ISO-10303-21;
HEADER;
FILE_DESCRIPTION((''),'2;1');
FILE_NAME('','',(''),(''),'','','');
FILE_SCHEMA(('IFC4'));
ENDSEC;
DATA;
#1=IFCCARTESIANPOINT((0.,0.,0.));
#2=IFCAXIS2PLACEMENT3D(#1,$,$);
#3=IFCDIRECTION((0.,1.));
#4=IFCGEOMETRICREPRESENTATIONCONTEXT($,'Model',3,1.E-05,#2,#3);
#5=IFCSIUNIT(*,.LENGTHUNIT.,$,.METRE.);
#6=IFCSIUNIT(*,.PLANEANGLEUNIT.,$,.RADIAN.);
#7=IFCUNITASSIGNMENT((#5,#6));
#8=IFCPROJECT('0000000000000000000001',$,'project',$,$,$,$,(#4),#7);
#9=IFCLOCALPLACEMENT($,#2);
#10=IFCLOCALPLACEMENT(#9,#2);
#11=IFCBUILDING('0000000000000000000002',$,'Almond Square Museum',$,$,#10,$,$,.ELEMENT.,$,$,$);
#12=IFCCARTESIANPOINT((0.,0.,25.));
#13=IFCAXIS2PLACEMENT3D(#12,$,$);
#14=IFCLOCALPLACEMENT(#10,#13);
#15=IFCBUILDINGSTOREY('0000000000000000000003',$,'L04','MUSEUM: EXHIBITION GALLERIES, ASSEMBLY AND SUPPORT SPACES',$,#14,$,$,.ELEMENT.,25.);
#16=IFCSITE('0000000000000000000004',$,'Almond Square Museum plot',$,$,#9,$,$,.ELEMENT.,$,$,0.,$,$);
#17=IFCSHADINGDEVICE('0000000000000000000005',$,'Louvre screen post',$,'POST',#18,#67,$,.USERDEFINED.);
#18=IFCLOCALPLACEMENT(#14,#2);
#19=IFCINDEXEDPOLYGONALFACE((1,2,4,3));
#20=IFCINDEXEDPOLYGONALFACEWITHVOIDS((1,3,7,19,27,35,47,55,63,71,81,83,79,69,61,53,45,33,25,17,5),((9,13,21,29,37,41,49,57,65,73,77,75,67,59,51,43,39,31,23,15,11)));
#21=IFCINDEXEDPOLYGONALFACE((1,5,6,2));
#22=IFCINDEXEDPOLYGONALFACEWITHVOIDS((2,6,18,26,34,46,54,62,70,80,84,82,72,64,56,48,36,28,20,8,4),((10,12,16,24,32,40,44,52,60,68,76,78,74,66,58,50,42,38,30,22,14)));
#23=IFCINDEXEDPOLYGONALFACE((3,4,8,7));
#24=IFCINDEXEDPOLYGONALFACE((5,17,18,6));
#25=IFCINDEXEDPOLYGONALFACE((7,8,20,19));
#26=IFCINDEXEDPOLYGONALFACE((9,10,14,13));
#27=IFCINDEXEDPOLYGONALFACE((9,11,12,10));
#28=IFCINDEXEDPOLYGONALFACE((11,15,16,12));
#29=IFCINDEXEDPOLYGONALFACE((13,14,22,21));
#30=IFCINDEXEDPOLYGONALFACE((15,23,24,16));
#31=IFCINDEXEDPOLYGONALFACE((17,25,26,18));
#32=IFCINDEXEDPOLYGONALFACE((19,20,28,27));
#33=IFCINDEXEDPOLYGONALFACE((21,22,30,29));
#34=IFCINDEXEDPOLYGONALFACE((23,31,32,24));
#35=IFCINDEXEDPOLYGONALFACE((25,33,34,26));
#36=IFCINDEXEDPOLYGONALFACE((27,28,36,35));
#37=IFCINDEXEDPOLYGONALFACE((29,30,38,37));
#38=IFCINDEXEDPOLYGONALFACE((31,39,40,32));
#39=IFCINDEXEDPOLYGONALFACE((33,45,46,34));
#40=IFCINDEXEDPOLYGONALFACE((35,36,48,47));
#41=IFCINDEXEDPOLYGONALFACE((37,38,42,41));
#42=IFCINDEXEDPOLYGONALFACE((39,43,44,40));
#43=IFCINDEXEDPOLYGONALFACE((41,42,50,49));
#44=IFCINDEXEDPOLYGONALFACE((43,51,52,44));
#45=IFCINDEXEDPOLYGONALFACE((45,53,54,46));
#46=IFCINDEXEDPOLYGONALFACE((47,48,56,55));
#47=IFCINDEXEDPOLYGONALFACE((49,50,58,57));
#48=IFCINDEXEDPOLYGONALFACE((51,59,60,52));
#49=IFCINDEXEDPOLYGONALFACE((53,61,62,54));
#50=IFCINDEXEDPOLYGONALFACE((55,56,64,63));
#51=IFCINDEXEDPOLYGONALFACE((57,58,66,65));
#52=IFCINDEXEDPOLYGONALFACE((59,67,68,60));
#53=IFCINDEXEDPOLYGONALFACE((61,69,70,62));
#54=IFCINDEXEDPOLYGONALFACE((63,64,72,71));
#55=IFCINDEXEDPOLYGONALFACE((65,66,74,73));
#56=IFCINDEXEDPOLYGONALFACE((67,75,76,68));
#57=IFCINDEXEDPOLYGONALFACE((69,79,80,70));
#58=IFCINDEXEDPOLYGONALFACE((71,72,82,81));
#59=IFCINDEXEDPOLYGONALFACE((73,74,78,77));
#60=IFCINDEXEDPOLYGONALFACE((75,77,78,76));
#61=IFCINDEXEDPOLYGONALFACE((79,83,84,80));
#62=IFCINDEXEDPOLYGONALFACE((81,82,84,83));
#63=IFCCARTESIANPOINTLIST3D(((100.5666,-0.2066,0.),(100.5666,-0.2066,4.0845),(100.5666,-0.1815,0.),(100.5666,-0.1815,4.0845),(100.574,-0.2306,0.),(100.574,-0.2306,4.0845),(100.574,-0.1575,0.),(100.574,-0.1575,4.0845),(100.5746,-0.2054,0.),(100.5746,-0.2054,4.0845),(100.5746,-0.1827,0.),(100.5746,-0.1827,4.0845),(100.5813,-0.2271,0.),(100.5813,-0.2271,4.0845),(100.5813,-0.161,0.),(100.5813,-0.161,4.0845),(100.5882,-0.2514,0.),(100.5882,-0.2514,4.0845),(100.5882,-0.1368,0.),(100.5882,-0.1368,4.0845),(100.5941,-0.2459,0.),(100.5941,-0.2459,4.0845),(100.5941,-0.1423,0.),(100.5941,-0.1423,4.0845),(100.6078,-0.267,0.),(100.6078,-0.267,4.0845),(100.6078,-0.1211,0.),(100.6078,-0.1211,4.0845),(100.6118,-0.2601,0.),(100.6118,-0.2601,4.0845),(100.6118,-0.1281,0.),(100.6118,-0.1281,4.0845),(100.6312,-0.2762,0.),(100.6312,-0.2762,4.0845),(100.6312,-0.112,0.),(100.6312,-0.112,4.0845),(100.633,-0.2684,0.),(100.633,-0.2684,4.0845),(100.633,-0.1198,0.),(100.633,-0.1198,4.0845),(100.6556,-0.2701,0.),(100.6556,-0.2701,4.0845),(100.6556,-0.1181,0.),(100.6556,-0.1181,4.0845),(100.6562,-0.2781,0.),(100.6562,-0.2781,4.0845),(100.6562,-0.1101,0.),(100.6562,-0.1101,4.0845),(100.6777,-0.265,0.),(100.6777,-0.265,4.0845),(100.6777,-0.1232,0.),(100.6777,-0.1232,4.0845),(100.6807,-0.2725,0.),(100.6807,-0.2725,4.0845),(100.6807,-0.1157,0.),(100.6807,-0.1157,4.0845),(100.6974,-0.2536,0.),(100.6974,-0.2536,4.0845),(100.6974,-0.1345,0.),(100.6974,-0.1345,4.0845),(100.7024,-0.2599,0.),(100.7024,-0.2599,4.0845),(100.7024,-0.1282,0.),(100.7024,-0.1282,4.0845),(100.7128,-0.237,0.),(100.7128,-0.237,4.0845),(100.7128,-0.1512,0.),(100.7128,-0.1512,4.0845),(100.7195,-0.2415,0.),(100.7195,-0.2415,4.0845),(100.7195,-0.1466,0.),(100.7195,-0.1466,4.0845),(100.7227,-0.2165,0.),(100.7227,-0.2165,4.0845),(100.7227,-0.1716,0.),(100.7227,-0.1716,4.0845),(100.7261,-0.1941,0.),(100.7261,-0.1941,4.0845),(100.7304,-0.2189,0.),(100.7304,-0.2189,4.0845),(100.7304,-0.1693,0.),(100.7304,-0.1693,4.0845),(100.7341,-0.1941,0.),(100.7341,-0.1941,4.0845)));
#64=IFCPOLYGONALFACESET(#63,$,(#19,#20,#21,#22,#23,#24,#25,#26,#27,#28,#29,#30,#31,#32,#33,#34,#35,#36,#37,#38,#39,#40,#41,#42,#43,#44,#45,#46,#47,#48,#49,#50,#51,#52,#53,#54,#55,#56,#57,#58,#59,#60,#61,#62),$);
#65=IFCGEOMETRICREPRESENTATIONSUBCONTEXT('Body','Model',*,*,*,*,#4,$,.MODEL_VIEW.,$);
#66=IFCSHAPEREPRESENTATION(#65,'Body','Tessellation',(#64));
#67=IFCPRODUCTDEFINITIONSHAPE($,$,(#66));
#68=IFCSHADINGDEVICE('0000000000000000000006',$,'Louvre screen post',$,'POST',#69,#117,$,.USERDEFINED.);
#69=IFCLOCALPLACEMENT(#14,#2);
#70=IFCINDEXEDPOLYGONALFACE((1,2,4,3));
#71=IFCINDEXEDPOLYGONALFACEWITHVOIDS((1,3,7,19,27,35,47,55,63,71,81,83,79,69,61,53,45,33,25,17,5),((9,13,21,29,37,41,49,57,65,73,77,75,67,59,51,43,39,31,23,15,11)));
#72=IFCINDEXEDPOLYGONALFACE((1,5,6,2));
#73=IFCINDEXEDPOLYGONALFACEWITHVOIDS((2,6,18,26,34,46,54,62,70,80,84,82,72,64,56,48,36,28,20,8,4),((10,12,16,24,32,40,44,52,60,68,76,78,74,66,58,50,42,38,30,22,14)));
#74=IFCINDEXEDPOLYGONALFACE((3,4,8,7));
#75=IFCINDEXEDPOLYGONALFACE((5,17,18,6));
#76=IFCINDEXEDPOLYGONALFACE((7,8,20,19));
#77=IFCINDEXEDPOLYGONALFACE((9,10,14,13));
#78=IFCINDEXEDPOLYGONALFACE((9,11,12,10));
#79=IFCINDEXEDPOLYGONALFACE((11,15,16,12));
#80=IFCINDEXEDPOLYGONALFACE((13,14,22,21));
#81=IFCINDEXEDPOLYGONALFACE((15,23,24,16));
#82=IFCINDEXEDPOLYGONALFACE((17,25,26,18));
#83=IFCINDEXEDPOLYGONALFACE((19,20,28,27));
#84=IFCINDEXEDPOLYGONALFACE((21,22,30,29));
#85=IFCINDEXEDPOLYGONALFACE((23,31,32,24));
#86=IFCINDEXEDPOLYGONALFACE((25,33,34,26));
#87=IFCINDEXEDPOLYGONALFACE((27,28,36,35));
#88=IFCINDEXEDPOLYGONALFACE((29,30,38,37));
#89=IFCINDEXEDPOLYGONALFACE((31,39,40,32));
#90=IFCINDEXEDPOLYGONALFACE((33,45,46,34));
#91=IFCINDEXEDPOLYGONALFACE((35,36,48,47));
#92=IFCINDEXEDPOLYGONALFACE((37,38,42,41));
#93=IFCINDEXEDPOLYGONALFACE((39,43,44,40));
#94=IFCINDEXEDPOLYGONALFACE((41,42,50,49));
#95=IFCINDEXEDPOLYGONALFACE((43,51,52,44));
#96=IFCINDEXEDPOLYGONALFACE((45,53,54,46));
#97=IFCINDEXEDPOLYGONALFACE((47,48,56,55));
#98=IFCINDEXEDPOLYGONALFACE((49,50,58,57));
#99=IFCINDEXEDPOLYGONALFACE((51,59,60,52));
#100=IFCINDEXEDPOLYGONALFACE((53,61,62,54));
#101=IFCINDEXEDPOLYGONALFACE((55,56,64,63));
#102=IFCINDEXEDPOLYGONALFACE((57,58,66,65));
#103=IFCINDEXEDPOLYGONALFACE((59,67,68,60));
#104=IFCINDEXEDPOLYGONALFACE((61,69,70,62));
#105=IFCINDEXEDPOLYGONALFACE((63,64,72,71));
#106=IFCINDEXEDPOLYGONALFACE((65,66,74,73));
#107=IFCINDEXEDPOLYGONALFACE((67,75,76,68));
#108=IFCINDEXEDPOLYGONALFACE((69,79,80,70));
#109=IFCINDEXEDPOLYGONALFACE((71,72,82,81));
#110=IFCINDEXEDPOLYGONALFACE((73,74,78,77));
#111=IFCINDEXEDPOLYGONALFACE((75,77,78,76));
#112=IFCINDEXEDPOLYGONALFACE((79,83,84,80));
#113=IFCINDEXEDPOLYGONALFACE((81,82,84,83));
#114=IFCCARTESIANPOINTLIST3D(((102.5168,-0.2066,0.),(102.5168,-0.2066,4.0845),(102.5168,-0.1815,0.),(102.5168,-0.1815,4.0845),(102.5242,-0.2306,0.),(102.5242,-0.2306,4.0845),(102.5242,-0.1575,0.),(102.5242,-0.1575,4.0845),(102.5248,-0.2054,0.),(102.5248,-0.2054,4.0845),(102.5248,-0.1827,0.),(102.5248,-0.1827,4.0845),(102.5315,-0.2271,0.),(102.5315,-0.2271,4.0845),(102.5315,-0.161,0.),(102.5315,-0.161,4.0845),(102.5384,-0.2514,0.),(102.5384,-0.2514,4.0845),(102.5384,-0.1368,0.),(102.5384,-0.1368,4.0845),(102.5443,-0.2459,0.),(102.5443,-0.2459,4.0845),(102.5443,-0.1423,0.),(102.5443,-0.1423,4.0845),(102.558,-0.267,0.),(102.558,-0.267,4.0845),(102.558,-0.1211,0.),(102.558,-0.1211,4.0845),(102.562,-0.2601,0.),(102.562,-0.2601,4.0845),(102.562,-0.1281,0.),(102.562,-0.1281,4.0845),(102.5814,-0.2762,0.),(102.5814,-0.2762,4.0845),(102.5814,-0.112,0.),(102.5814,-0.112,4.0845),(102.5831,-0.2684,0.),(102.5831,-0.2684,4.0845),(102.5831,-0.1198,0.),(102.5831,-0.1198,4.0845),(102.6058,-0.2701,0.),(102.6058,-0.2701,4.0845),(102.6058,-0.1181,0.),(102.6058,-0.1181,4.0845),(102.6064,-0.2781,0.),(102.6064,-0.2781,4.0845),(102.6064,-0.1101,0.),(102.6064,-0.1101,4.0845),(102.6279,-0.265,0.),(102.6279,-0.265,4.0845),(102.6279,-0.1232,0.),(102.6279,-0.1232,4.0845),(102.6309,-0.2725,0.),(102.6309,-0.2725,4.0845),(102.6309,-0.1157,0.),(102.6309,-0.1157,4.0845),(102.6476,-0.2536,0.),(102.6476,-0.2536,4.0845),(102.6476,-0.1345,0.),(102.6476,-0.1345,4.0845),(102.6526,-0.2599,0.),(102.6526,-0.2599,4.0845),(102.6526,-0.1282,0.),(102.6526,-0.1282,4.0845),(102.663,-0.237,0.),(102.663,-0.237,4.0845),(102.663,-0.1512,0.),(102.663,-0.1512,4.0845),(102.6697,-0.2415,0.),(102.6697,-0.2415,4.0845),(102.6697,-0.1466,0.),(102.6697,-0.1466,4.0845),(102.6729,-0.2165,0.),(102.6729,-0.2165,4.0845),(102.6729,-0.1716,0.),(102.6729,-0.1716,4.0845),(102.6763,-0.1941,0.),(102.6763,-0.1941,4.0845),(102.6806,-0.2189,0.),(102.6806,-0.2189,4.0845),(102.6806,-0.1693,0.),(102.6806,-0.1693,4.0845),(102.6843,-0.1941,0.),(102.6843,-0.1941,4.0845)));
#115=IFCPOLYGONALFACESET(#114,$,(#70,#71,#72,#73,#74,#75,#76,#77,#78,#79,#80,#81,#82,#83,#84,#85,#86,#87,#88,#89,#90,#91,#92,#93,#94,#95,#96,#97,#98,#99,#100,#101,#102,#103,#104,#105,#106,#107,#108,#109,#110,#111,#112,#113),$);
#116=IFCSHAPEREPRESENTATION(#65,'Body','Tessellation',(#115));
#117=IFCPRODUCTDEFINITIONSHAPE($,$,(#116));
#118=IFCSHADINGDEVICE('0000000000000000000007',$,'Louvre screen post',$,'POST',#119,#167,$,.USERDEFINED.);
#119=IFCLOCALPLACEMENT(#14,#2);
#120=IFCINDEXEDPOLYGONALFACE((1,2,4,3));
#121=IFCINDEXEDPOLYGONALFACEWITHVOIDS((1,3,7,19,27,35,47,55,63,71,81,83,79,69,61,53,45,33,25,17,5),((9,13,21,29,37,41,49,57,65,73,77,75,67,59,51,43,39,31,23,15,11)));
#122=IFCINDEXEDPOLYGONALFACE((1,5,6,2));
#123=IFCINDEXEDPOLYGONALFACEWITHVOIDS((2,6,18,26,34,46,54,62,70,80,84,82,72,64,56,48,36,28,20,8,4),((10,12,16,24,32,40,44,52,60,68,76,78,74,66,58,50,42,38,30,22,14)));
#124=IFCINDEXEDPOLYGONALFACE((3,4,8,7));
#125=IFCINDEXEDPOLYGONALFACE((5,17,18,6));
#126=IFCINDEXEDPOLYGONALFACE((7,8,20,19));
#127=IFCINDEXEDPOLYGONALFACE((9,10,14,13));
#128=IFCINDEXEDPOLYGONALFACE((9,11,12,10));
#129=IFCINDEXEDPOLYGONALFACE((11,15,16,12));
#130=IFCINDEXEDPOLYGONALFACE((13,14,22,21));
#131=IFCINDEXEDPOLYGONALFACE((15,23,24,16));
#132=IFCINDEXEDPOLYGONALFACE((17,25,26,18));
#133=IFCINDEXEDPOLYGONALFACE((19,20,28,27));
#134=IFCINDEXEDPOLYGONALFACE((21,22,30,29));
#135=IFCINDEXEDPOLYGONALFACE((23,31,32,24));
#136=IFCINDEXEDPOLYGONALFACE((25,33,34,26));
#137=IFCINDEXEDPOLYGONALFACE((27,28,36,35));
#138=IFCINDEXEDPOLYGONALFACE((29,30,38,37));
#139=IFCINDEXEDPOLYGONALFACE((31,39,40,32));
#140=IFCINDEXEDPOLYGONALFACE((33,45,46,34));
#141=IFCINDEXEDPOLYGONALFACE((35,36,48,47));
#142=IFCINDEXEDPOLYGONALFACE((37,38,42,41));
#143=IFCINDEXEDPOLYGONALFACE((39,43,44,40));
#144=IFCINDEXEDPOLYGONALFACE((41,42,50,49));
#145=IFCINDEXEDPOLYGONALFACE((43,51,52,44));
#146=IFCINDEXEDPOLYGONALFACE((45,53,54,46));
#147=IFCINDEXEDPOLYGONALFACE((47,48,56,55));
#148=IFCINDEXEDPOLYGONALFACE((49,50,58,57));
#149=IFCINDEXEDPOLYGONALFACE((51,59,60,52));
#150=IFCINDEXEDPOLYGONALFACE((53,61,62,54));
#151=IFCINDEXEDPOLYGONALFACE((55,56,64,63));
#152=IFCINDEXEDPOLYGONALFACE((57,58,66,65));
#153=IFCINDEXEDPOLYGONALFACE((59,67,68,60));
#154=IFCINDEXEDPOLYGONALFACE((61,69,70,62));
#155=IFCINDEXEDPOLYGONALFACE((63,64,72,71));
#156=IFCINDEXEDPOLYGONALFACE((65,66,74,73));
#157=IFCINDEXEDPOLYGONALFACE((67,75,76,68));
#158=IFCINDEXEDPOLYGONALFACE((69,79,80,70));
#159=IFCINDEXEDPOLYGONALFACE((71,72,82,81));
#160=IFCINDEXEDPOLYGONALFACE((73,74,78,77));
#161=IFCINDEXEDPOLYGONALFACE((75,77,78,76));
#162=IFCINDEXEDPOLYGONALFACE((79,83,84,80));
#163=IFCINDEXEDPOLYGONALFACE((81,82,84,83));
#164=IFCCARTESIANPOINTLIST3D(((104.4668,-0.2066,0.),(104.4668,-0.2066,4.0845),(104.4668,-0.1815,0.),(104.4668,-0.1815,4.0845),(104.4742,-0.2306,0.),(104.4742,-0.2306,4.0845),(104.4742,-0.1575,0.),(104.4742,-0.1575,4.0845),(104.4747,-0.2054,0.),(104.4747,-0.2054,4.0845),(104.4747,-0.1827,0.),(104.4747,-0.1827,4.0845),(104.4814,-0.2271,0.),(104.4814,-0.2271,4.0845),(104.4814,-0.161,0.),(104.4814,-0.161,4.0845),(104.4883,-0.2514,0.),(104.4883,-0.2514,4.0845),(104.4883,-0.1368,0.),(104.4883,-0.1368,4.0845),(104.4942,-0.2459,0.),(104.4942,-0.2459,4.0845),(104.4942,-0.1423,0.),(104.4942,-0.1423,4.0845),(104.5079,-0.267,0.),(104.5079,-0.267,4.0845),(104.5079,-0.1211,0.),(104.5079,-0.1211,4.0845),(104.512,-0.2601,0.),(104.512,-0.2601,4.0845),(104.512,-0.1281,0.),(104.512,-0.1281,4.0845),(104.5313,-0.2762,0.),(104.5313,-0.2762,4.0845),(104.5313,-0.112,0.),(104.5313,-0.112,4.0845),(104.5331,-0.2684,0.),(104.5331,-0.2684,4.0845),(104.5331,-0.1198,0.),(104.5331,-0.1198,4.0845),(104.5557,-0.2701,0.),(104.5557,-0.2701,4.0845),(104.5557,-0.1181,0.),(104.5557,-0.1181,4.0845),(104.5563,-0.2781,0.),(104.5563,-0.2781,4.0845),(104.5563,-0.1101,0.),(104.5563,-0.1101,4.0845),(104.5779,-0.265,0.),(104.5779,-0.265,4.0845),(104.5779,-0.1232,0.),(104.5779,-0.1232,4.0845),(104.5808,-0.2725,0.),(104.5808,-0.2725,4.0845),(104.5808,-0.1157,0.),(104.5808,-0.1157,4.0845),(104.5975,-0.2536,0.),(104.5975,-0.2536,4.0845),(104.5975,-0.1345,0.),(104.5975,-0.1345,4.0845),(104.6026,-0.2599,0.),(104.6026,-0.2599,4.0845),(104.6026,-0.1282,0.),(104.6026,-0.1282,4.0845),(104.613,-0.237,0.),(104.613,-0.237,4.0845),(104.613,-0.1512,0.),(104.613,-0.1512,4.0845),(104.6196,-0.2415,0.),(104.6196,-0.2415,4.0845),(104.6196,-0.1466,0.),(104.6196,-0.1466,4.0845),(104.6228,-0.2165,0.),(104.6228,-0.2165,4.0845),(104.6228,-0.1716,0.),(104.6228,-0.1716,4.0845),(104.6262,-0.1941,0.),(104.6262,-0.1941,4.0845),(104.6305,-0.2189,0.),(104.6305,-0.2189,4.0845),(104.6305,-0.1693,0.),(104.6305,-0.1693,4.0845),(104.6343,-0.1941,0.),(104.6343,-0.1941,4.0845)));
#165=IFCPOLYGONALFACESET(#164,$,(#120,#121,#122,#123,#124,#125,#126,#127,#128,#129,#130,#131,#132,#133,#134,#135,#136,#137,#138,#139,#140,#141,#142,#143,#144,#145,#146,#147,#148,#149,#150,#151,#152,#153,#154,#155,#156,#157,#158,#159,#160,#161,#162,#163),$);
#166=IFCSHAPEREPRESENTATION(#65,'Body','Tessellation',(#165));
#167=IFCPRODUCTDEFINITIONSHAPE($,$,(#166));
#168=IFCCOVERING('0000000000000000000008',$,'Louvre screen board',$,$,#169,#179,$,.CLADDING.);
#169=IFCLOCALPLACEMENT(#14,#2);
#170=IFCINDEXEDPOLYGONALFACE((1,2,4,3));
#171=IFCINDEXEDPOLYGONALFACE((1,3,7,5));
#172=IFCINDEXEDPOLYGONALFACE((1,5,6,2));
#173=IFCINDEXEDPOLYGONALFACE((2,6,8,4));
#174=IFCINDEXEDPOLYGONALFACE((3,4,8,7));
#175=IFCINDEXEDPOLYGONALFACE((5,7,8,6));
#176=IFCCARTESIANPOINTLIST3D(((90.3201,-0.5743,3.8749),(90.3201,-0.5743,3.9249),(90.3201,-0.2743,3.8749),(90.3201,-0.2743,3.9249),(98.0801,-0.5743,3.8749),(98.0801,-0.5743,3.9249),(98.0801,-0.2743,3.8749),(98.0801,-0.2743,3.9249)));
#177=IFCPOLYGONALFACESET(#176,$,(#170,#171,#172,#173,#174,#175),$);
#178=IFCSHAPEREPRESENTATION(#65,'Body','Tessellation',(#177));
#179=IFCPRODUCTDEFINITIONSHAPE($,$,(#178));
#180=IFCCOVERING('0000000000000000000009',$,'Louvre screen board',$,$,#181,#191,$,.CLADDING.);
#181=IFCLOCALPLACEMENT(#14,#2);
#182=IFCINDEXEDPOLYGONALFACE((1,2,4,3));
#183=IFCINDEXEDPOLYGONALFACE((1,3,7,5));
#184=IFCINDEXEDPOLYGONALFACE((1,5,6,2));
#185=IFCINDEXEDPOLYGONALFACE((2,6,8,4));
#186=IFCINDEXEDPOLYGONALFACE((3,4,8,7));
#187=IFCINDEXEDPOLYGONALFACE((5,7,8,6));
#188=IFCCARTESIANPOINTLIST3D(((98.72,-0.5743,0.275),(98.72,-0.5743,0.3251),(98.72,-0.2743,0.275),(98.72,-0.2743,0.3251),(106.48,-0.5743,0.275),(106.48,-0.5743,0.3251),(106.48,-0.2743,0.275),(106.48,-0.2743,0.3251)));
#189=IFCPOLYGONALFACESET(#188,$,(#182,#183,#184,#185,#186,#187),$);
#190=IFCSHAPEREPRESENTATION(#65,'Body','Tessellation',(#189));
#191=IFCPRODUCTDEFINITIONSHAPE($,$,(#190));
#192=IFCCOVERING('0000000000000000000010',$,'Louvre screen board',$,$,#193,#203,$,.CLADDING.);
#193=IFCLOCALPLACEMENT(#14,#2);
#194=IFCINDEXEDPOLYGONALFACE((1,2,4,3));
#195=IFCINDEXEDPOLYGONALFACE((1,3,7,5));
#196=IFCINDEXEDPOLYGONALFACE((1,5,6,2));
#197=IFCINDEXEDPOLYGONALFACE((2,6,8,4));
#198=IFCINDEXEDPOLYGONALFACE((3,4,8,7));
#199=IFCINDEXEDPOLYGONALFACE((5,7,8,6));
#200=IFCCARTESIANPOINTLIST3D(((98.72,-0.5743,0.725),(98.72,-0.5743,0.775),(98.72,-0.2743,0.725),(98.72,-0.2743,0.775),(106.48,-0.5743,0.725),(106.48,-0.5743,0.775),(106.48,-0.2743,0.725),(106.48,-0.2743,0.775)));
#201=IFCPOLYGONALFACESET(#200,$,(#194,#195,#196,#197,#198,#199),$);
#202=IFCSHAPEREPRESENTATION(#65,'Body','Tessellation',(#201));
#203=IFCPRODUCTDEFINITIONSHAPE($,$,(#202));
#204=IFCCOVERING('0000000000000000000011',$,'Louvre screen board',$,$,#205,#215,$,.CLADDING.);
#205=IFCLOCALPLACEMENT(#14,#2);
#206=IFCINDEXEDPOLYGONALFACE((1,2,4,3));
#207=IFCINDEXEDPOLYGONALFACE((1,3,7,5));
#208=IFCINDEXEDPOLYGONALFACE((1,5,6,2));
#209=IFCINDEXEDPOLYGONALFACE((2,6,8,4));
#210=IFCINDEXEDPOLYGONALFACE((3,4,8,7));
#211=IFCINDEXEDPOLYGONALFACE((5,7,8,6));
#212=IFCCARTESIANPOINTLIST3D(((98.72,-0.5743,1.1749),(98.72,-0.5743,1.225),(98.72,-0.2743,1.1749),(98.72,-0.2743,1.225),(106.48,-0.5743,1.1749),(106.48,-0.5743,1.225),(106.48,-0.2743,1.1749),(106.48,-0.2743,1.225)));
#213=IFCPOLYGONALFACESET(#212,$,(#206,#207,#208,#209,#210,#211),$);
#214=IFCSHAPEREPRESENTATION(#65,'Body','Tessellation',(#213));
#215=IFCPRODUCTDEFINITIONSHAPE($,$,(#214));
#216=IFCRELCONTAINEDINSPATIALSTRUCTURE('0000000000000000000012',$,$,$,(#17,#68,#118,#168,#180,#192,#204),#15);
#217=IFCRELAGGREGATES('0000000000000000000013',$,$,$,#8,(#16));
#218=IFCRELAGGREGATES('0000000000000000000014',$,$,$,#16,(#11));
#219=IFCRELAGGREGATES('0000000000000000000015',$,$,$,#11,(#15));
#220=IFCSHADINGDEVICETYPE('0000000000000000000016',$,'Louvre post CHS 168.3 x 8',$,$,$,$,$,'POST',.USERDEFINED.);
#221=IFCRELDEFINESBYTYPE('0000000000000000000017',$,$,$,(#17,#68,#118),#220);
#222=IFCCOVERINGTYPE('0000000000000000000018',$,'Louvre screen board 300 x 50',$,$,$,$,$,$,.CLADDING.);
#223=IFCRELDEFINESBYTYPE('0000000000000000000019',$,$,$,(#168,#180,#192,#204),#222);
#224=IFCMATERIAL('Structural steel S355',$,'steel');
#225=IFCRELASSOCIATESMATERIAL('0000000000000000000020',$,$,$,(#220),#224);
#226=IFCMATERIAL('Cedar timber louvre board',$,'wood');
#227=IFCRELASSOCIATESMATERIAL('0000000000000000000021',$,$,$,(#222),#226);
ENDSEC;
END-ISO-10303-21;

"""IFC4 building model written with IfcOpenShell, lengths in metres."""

from ifc_helpers import new_model, si_unit, direction, frame, origin, origin_2d, place, context, subcontext, project, spatial, rectangle, hollow_circle, extrude, material, material_profile, profile_set, type_object, element, save


model = new_model("IFC4")

# Units and contexts
model_context = context("Model", 3, precision=1e-05, world=origin(), true_north=direction((0.0, 1.0)))
body_context = subcontext(model_context, "Body", "Model", "MODEL_VIEW")
ifc_project = project(units=[si_unit("LENGTHUNIT", "METRE"), si_unit("PLANEANGLEUNIT", "RADIAN")], contexts=[model_context])

# Site, building, storey
site_placement = place(None, origin())
site = spatial("IfcSite", under=ifc_project, at=site_placement, Name="Almond Square Museum plot", CompositionType="ELEMENT", RefElevation=0.0)
building_placement = place(site_placement, origin())
building = spatial("IfcBuilding", under=site, at=building_placement, Name="Almond Square Museum", CompositionType="ELEMENT")
storey_placement = place(building_placement, frame((0.0, 0.0, 25.0)))
storey = spatial("IfcBuildingStorey", under=building, at=storey_placement, Name="L04", Description="MUSEUM: EXHIBITION GALLERIES, ASSEMBLY AND SUPPORT SPACES", CompositionType="ELEMENT", Elevation=25.0)

# Shading devices
ifc_material_1 = material(Name="Structural steel S355", Category="steel")
ifc_material_profile_1 = material_profile(ifc_material_1, hollow_circle(Radius=0.0842, WallThickness=0.0081, at=origin_2d()))
ifc_profile_set_1 = profile_set([ifc_material_profile_1], Name="Structural steel S355")
shading_device_type = type_object("IfcShadingDeviceType", Name="Louvre post CHS 168.3 x 8", ElementType="POST", PredefinedType="USERDEFINED", material=ifc_profile_set_1)
for number, where, z_axis, x_axis, name in (
    (1, (100.6499, -0.1941, 0.0), (0.0, 0.0, 1.0), (1.0, 0.0, 0.0), "Louvre screen post"),
    (2, (102.6001, -0.1941, 0.0), (0.0, 0.0, 1.0), (1.0, 0.0, 0.0), "Louvre screen post"),
    (3, (104.55, -0.1941, 0.0), (0.0, 0.0, 1.0), (1.0, 0.0, 0.0), "Louvre screen post"),
):
    element("IfcShadingDevice", number, at=place(storey_placement, frame(where, z_axis=z_axis, x_axis=x_axis)), inside=storey, type_object=shading_device_type, Name=name, ObjectType="POST", PredefinedType="USERDEFINED", context=body_context, shape_type="SweptSolid", body=[
        extrude(hollow_circle(Radius=0.0842, WallThickness=0.0081, at=origin_2d()), origin(), (0.0, 0.0, 1.0), 4.0845),
    ])

# Coverings
ifc_material_2 = material(Name="Cedar timber louvre board", Category="wood")
ifc_material_profile_2 = material_profile(ifc_material_2, rectangle(XDim=0.3, YDim=0.05, at=origin_2d()))
ifc_profile_set_2 = profile_set([ifc_material_profile_2], Name="Cedar timber louvre board")
covering_type = type_object("IfcCoveringType", Name="Louvre screen board 300 x 50", PredefinedType="CLADDING", material=ifc_profile_set_2)
for number, where, z_axis, x_axis, name in (
    (4, (90.3201, -0.4243, 3.8999), (1.0, 0.0, 0.0), (0.0, 1.0, 0.0), "Louvre screen board"),
    (5, (98.72, -0.4243, 0.3), (1.0, 0.0, 0.0), (0.0, 1.0, 0.0), "Louvre screen board"),
    (6, (98.72, -0.4243, 0.75), (1.0, 0.0, 0.0), (0.0, 1.0, 0.0), "Louvre screen board"),
    (7, (98.72, -0.4243, 1.2), (1.0, 0.0, 0.0), (0.0, 1.0, 0.0), "Louvre screen board"),
):
    element("IfcCovering", number, at=place(storey_placement, frame(where, z_axis=z_axis, x_axis=x_axis)), inside=storey, type_object=covering_type, Name=name, PredefinedType="CLADDING", context=body_context, shape_type="SweptSolid", body=[
        extrude(rectangle(XDim=0.3, YDim=0.05, at=origin_2d()), origin(), (0.0, 0.0, 1.0), 7.76),
    ])

save(model, "model.ifc")
